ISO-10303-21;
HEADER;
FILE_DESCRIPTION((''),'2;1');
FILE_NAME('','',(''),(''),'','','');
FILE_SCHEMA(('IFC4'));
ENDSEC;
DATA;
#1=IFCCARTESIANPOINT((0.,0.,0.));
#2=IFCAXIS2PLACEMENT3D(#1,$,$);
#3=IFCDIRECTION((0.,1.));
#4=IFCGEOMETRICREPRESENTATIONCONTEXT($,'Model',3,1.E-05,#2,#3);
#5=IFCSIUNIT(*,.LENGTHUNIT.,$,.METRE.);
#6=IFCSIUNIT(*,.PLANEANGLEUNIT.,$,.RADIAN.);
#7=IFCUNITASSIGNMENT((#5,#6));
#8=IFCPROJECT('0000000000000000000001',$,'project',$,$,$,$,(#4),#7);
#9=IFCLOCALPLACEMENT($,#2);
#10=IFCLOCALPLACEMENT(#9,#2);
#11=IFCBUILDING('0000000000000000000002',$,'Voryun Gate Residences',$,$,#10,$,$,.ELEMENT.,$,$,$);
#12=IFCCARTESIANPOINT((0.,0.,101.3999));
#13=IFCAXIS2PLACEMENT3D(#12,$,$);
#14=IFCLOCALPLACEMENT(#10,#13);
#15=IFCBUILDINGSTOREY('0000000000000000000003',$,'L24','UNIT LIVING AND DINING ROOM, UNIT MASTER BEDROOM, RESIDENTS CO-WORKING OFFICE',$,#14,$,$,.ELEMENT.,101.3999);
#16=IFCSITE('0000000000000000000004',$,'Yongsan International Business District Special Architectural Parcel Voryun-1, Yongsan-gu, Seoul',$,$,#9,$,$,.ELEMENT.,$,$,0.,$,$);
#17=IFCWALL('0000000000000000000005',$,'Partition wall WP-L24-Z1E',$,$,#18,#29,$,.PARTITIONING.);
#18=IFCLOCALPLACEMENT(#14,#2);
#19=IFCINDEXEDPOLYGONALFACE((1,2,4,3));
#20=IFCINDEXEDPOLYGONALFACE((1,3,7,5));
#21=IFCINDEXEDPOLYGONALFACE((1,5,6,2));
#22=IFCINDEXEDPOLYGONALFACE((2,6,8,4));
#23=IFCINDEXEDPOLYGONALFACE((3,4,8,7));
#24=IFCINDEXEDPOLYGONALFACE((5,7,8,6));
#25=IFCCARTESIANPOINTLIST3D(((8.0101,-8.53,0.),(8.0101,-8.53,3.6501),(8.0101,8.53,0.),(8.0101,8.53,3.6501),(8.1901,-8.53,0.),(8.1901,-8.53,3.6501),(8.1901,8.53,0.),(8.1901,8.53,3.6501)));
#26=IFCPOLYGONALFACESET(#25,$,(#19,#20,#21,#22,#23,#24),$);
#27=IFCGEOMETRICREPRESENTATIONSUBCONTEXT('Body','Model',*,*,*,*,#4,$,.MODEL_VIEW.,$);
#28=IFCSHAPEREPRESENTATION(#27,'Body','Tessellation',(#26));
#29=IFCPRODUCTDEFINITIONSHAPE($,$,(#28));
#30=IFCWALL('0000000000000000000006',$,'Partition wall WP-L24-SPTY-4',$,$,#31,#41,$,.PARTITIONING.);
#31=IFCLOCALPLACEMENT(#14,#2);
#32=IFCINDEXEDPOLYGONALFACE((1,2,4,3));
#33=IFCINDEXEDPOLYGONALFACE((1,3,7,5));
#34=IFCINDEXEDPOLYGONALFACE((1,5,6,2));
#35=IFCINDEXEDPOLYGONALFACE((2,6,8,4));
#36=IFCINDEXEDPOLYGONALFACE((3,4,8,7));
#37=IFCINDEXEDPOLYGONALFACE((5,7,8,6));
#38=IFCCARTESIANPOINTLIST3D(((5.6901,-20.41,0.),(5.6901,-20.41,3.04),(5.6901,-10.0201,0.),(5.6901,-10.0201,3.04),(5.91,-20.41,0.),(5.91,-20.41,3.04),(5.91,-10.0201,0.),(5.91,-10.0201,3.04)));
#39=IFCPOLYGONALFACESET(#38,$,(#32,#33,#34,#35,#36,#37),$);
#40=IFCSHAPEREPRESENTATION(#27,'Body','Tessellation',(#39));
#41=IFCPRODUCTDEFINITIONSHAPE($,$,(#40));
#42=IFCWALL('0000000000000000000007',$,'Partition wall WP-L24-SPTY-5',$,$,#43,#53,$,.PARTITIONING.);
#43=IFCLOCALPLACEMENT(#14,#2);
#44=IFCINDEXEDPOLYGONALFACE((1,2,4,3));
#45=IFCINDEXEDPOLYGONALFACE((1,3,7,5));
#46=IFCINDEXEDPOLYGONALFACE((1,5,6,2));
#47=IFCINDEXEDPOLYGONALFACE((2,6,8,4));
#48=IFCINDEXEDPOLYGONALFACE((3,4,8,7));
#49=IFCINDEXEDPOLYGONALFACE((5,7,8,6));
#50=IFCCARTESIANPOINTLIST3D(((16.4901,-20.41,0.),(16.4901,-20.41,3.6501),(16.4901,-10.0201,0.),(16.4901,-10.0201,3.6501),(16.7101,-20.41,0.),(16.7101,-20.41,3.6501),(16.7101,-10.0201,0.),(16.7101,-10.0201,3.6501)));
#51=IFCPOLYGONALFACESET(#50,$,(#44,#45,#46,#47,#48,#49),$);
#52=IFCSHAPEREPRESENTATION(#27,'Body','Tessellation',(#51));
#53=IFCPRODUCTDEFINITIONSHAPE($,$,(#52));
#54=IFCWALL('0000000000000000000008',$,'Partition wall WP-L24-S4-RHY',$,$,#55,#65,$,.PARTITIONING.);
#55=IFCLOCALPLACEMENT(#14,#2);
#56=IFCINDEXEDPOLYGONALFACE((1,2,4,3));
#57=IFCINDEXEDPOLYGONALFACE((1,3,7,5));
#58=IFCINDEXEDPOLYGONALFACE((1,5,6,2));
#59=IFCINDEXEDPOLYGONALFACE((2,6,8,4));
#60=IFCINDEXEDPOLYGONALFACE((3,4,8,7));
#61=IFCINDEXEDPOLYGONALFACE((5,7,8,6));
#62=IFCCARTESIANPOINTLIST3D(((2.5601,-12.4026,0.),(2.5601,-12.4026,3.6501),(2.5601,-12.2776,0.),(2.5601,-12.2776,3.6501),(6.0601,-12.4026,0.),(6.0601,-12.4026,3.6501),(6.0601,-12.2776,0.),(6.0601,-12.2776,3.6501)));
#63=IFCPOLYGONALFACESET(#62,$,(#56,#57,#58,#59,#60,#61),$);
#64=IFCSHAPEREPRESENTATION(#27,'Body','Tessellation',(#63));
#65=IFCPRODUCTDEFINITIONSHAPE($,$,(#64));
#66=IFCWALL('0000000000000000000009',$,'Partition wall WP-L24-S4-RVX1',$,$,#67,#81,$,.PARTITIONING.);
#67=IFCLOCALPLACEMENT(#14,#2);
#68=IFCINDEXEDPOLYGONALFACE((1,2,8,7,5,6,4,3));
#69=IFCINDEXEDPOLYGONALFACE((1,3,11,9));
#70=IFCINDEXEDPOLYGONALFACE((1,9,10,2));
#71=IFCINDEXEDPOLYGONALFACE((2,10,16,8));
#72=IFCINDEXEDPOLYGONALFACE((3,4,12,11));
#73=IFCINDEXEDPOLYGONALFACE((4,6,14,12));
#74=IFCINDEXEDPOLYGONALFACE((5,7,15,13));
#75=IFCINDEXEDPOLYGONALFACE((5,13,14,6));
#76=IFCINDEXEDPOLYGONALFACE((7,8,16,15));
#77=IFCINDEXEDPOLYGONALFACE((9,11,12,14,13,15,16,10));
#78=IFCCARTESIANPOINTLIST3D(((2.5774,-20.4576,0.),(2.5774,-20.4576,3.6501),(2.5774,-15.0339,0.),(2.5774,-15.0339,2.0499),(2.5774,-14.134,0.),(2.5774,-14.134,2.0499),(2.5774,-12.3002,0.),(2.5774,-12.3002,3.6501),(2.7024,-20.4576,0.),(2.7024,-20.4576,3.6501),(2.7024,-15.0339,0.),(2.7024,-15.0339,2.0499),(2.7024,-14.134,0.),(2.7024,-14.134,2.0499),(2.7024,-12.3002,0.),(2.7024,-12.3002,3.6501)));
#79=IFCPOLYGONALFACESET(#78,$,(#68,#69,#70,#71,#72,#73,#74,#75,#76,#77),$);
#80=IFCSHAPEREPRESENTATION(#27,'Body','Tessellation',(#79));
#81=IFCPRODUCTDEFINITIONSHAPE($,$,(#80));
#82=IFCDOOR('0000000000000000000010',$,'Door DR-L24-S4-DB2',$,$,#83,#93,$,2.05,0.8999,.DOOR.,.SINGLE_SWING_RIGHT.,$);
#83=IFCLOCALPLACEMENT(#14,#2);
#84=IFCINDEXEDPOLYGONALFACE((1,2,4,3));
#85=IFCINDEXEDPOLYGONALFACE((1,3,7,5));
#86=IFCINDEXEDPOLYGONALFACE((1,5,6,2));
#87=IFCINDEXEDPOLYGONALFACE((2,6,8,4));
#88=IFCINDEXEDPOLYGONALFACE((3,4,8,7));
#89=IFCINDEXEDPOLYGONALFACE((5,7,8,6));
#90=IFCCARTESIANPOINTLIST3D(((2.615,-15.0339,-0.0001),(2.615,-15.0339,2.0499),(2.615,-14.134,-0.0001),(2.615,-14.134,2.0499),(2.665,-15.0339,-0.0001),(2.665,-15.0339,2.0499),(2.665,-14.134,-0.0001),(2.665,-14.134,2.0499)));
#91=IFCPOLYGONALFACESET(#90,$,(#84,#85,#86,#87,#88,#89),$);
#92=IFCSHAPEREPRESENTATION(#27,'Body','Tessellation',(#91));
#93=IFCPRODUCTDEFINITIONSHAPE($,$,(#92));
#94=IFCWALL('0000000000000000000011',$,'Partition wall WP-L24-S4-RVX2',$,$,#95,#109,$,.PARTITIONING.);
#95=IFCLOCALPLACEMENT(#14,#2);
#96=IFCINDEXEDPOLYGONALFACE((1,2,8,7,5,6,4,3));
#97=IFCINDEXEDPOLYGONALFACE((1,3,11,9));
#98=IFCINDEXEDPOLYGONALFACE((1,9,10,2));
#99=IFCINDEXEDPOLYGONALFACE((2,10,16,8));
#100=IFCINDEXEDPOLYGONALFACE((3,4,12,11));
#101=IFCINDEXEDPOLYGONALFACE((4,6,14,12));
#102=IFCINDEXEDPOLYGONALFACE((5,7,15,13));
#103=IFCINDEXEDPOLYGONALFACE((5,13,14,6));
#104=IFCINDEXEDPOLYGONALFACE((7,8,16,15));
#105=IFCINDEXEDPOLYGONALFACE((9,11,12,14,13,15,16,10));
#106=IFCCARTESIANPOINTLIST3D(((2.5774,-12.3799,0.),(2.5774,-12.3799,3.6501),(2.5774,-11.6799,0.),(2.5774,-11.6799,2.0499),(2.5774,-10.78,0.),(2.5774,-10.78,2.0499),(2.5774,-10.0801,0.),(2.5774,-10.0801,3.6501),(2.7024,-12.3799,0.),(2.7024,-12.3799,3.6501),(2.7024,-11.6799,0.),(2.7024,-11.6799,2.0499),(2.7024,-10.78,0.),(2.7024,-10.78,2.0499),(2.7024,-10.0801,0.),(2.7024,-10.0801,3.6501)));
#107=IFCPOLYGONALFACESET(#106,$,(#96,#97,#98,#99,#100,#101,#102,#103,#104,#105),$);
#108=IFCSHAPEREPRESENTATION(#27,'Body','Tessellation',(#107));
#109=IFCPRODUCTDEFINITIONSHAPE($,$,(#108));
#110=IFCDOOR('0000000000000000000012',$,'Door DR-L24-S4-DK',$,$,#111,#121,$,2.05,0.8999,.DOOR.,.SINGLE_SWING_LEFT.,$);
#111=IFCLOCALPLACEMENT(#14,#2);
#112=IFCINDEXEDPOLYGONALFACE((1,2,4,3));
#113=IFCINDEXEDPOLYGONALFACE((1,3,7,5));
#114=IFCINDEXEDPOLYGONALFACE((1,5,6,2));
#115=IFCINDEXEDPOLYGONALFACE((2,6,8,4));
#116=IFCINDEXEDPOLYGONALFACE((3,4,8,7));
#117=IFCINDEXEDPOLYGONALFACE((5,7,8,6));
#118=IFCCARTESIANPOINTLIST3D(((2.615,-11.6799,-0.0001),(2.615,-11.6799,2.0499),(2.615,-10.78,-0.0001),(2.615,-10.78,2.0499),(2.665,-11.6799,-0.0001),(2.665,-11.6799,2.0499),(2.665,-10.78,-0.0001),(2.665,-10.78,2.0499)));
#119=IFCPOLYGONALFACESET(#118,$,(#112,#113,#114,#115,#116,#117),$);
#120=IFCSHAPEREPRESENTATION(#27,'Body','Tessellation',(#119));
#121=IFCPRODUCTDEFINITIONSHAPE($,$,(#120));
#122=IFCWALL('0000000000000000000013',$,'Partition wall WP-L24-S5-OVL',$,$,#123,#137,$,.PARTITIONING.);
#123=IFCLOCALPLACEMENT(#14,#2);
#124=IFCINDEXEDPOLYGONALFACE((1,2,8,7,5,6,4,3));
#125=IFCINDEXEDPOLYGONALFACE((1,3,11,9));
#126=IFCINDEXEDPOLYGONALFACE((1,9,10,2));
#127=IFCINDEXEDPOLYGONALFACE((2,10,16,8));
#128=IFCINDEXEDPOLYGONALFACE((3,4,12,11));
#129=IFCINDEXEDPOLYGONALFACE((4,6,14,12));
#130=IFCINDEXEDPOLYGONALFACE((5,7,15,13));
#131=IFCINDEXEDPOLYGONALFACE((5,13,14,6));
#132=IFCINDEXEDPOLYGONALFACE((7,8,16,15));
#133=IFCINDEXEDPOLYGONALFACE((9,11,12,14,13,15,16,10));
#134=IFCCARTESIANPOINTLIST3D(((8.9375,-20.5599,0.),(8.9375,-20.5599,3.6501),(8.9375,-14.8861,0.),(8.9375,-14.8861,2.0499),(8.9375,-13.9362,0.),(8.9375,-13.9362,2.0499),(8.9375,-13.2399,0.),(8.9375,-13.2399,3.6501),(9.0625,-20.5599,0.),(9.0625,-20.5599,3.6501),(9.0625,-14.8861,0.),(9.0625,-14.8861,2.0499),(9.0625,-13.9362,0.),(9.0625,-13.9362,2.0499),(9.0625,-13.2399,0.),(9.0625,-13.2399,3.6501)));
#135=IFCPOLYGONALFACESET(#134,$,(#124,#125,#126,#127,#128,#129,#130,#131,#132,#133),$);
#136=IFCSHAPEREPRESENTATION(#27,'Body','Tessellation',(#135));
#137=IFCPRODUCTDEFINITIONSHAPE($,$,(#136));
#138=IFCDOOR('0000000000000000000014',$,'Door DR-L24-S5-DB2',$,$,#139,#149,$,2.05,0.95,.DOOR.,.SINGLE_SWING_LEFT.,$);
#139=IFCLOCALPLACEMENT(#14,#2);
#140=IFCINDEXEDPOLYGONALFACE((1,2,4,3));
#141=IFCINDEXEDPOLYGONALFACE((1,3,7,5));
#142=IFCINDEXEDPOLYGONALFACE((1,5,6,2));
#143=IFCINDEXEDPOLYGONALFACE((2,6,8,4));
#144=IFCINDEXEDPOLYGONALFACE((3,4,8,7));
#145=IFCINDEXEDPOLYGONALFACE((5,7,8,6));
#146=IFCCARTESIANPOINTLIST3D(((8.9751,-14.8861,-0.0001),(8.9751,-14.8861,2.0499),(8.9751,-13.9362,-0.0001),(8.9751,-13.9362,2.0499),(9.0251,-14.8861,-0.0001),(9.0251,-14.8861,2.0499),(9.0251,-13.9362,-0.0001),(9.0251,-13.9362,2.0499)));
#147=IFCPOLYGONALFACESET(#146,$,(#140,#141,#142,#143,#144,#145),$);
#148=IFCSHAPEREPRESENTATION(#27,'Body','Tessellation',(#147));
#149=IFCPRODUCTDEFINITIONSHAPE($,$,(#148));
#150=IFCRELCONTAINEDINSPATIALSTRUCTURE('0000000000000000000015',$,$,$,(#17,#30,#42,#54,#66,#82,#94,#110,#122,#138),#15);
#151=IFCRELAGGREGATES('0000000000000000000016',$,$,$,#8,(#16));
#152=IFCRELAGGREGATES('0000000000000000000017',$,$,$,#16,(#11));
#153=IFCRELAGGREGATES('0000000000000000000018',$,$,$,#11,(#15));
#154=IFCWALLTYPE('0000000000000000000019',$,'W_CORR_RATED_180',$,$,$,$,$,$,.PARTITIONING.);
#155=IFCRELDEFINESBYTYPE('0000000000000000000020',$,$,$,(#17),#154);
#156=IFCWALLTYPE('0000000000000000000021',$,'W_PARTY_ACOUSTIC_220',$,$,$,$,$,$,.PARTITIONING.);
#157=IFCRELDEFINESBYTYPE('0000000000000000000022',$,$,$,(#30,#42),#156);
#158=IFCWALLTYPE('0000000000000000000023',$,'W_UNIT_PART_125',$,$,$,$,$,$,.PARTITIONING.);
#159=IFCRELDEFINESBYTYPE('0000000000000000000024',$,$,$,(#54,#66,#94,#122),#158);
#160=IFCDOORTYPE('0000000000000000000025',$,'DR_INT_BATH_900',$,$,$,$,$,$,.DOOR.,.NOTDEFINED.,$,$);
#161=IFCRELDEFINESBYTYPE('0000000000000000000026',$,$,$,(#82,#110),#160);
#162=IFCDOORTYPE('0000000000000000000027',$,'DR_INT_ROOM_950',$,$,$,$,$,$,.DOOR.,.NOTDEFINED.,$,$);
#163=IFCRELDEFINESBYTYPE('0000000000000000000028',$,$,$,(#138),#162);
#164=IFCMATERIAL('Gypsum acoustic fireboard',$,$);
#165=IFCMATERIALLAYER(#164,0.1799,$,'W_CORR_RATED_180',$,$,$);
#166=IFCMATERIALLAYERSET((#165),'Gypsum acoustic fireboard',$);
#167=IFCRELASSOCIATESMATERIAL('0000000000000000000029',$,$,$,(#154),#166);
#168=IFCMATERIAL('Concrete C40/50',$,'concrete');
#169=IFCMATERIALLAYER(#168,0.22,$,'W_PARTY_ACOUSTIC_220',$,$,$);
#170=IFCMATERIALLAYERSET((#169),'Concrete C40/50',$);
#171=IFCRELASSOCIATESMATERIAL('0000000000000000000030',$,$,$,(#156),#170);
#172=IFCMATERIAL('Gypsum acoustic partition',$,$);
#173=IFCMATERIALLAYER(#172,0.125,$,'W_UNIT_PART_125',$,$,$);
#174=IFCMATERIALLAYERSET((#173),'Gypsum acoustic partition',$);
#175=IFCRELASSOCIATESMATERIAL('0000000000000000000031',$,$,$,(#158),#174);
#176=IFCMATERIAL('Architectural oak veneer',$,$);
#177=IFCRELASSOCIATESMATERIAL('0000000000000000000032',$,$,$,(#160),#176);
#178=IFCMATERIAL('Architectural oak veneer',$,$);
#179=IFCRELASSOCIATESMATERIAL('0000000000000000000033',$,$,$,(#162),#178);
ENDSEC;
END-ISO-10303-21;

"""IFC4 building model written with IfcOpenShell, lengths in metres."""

from ifc_helpers import new_model, si_unit, direction, frame, frame_2d, origin, place, context, subcontext, project, spatial, rectangle, extrude, material, layer, layer_set, type_object, element, fill, save


model = new_model("IFC4")

# Units and contexts
model_context = context("Model", 3, precision=1e-05, world=origin(), true_north=direction((0.0, 1.0)))
body_context = subcontext(model_context, "Body", "Model", "MODEL_VIEW")
ifc_project = project(units=[si_unit("LENGTHUNIT", "METRE"), si_unit("PLANEANGLEUNIT", "RADIAN")], contexts=[model_context])

# Site, building, storey
site_placement = place(None, origin())
site = spatial("IfcSite", under=ifc_project, at=site_placement, Name="Yongsan International Business District Special Architectural Parcel Voryun-1, Yongsan-gu, Seoul", CompositionType="ELEMENT", RefElevation=0.0)
building_placement = place(site_placement, origin())
building = spatial("IfcBuilding", under=site, at=building_placement, Name="Voryun Gate Residences", CompositionType="ELEMENT")
storey_placement = place(building_placement, frame((0.0, 0.0, 101.3999)))
storey = spatial("IfcBuildingStorey", under=building, at=storey_placement, Name="L24", Description="UNIT LIVING AND DINING ROOM, UNIT MASTER BEDROOM, RESIDENTS CO-WORKING OFFICE", CompositionType="ELEMENT", Elevation=101.3999)

# Shared definitions
ifc_material_1 = material(Name="Gypsum acoustic fireboard")
ifc_layer_1 = layer(ifc_material_1, 0.1799, Name="W_CORR_RATED_180")
ifc_layer_set_1 = layer_set([ifc_layer_1], Name="Gypsum acoustic fireboard")
wall_type_1 = type_object("IfcWallType", Name="W_CORR_RATED_180", PredefinedType="PARTITIONING", material=ifc_layer_set_1)

# Walls
wall_1_placement = place(storey_placement, frame((8.1001, -8.53, 0.0), z_axis=(0.0, 0.0, 1.0), x_axis=(0.0, 1.0, 0.0)))
element("IfcWall", 1, at=wall_1_placement, inside=storey, type_object=wall_type_1, Name="Partition wall WP-L24-Z1E", PredefinedType="PARTITIONING", context=body_context, shape_type="SweptSolid", body=[
    extrude(rectangle(XDim=17.0601, YDim=0.1799, at=frame_2d((8.53, 0.0))), origin(), (0.0, 0.0, 1.0), 3.6501),
])
ifc_material_2 = material(Name="Concrete C40/50", Category="concrete")
ifc_layer_2 = layer(ifc_material_2, 0.22, Name="W_PARTY_ACOUSTIC_220")
ifc_layer_set_2 = layer_set([ifc_layer_2], Name="Concrete C40/50")
wall_type_2 = type_object("IfcWallType", Name="W_PARTY_ACOUSTIC_220", PredefinedType="PARTITIONING", material=ifc_layer_set_2)
wall_2_placement = place(storey_placement, frame((5.8, -20.4099, 0.0), z_axis=(0.0, 0.0, 1.0), x_axis=(0.0, 1.0, 0.0)))
element("IfcWall", 2, at=wall_2_placement, inside=storey, type_object=wall_type_2, Name="Partition wall WP-L24-SPTY-4", PredefinedType="PARTITIONING", context=body_context, shape_type="SweptSolid", body=[
    extrude(rectangle(XDim=10.3899, YDim=0.22, at=frame_2d((5.1948, 0.0))), origin(), (0.0, 0.0, 1.0), 3.04),
])
wall_3_placement = place(storey_placement, frame((16.6001, -20.4099, 0.0), z_axis=(0.0, 0.0, 1.0), x_axis=(0.0, 1.0, 0.0)))
element("IfcWall", 3, at=wall_3_placement, inside=storey, type_object=wall_type_2, Name="Partition wall WP-L24-SPTY-5", PredefinedType="PARTITIONING", context=body_context, shape_type="SweptSolid", body=[
    extrude(rectangle(XDim=10.3899, YDim=0.22, at=frame_2d((5.1948, 0.0))), origin(), (0.0, 0.0, 1.0), 3.6501),
])
ifc_material_3 = material(Name="Gypsum acoustic partition")
ifc_layer_3 = layer(ifc_material_3, 0.125, Name="W_UNIT_PART_125")
ifc_layer_set_3 = layer_set([ifc_layer_3], Name="Gypsum acoustic partition")
wall_type_3 = type_object("IfcWallType", Name="W_UNIT_PART_125", PredefinedType="PARTITIONING", material=ifc_layer_set_3)
wall_4_placement = place(storey_placement, frame((2.5601, -12.3401, 0.0), z_axis=(0.0, 0.0, 1.0), x_axis=(1.0, 0.0, 0.0)))
element("IfcWall", 4, at=wall_4_placement, inside=storey, type_object=wall_type_3, Name="Partition wall WP-L24-S4-RHY", PredefinedType="PARTITIONING", context=body_context, shape_type="SweptSolid", body=[
    extrude(rectangle(XDim=3.5, YDim=0.125, at=frame_2d((1.75, 0.0))), origin(), (0.0, 0.0, 1.0), 3.6501),
])

# Walls, openings, doors
wall_5_placement = place(storey_placement, frame((2.6399, -20.4575, 0.0), z_axis=(0.0, 0.0, 1.0), x_axis=(0.0, 1.0, 0.0)))
wall_5 = element("IfcWall", 5, at=wall_5_placement, inside=storey, type_object=wall_type_3, Name="Partition wall WP-L24-S4-RVX1", PredefinedType="PARTITIONING", context=body_context, shape_type="SweptSolid", body=[
    extrude(rectangle(XDim=8.1575, YDim=0.125, at=frame_2d((4.0786, 0.0))), origin(), (0.0, 0.0, 1.0), 3.6501),
])
opening_1_placement = place(wall_5_placement, frame((5.4236, 0.0, 0.0)))
opening_1 = element("IfcOpeningElement", 6, at=opening_1_placement, cuts=wall_5, PredefinedType="OPENING", context=body_context, shape_type="SweptSolid", body=[
    extrude(rectangle(XDim=0.8999, YDim=2.05, at=frame_2d((0.45, 1.0249))), frame((0.0, 0.0725, 0.0), z_axis=(0.0, -1.0, 0.0), x_axis=(1.0, 0.0, 0.0)), (0.0, 0.0, 1.0), 0.145),
])
ifc_material_4 = material(Name="Architectural oak veneer")
door_type_1 = type_object("IfcDoorType", Name="DR_INT_BATH_900", OperationType="NOTDEFINED", PredefinedType="DOOR", material=ifc_material_4)
door_1_placement = place(opening_1_placement, origin())
door_1 = element("IfcDoor", 7, at=door_1_placement, inside=storey, type_object=door_type_1, Name="Door DR-L24-S4-DB2", OperationType="SINGLE_SWING_RIGHT", OverallHeight=2.05, OverallWidth=0.8999, PredefinedType="DOOR", context=body_context, shape_type="SweptSolid", body=[
    extrude(rectangle(XDim=0.8999, YDim=2.05, at=frame_2d((0.45, 1.0249))), frame((0.0, 0.0249, 0.0), z_axis=(0.0, -1.0, 0.0), x_axis=(1.0, 0.0, 0.0)), (0.0, 0.0, 1.0), 0.05),
])
fill(opening_1, door_1)
wall_6_placement = place(storey_placement, frame((2.6399, -12.3799, 0.0), z_axis=(0.0, 0.0, 1.0), x_axis=(0.0, 1.0, 0.0)))
wall_6 = element("IfcWall", 8, at=wall_6_placement, inside=storey, type_object=wall_type_3, Name="Partition wall WP-L24-S4-RVX2", PredefinedType="PARTITIONING", context=body_context, shape_type="SweptSolid", body=[
    extrude(rectangle(XDim=2.2998, YDim=0.125, at=frame_2d((1.1499, 0.0))), origin(), (0.0, 0.0, 1.0), 3.6501),
])
opening_2_placement = place(wall_6_placement, frame((0.7, 0.0, 0.0)))
opening_2 = element("IfcOpeningElement", 9, at=opening_2_placement, cuts=wall_6, PredefinedType="OPENING", context=body_context, shape_type="SweptSolid", body=[
    extrude(rectangle(XDim=0.8999, YDim=2.05, at=frame_2d((0.45, 1.0249))), frame((0.0, 0.0725, 0.0), z_axis=(0.0, -1.0, 0.0), x_axis=(1.0, 0.0, 0.0)), (0.0, 0.0, 1.0), 0.145),
])
door_2_placement = place(opening_2_placement, origin())
door_2 = element("IfcDoor", 10, at=door_2_placement, inside=storey, type_object=door_type_1, Name="Door DR-L24-S4-DK", OperationType="SINGLE_SWING_LEFT", OverallHeight=2.05, OverallWidth=0.8999, PredefinedType="DOOR", context=body_context, shape_type="SweptSolid", body=[
    extrude(rectangle(XDim=0.8999, YDim=2.05, at=frame_2d((0.45, 1.0249))), frame((0.0, 0.0249, 0.0), z_axis=(0.0, -1.0, 0.0), x_axis=(1.0, 0.0, 0.0)), (0.0, 0.0, 1.0), 0.05),
])
fill(opening_2, door_2)
wall_7_placement = place(storey_placement, frame((9.0, -20.5601, 0.0), z_axis=(0.0, 0.0, 1.0), x_axis=(0.0, 1.0, 0.0)))
wall_7 = element("IfcWall", 11, at=wall_7_placement, inside=storey, type_object=wall_type_3, Name="Partition wall WP-L24-S5-OVL", PredefinedType="PARTITIONING", context=body_context, shape_type="SweptSolid", body=[
    extrude(rectangle(XDim=7.3201, YDim=0.125, at=frame_2d((3.6602, 0.0))), origin(), (0.0, 0.0, 1.0), 3.6501),
])
opening_3_placement = place(wall_7_placement, frame((5.6738, 0.0, 0.0)))
opening_3 = element("IfcOpeningElement", 12, at=opening_3_placement, cuts=wall_7, PredefinedType="OPENING", context=body_context, shape_type="SweptSolid", body=[
    extrude(rectangle(XDim=0.95, YDim=2.05, at=frame_2d((0.4751, 1.0249))), frame((0.0, 0.0725, 0.0), z_axis=(0.0, -1.0, 0.0), x_axis=(1.0, 0.0, 0.0)), (0.0, 0.0, 1.0), 0.145),
])
ifc_material_5 = material(Name="Architectural oak veneer")
door_type_2 = type_object("IfcDoorType", Name="DR_INT_ROOM_950", OperationType="NOTDEFINED", PredefinedType="DOOR", material=ifc_material_5)
door_3_placement = place(opening_3_placement, origin())
door_3 = element("IfcDoor", 13, at=door_3_placement, inside=storey, type_object=door_type_2, Name="Door DR-L24-S5-DB2", OperationType="SINGLE_SWING_LEFT", OverallHeight=2.05, OverallWidth=0.95, PredefinedType="DOOR", context=body_context, shape_type="SweptSolid", body=[
    extrude(rectangle(XDim=0.95, YDim=2.05, at=frame_2d((0.4751, 1.0249))), frame((0.0, 0.0249, 0.0), z_axis=(0.0, -1.0, 0.0), x_axis=(1.0, 0.0, 0.0)), (0.0, 0.0, 1.0), 0.05),
])
fill(opening_3, door_3)

save(model, "model.ifc")
